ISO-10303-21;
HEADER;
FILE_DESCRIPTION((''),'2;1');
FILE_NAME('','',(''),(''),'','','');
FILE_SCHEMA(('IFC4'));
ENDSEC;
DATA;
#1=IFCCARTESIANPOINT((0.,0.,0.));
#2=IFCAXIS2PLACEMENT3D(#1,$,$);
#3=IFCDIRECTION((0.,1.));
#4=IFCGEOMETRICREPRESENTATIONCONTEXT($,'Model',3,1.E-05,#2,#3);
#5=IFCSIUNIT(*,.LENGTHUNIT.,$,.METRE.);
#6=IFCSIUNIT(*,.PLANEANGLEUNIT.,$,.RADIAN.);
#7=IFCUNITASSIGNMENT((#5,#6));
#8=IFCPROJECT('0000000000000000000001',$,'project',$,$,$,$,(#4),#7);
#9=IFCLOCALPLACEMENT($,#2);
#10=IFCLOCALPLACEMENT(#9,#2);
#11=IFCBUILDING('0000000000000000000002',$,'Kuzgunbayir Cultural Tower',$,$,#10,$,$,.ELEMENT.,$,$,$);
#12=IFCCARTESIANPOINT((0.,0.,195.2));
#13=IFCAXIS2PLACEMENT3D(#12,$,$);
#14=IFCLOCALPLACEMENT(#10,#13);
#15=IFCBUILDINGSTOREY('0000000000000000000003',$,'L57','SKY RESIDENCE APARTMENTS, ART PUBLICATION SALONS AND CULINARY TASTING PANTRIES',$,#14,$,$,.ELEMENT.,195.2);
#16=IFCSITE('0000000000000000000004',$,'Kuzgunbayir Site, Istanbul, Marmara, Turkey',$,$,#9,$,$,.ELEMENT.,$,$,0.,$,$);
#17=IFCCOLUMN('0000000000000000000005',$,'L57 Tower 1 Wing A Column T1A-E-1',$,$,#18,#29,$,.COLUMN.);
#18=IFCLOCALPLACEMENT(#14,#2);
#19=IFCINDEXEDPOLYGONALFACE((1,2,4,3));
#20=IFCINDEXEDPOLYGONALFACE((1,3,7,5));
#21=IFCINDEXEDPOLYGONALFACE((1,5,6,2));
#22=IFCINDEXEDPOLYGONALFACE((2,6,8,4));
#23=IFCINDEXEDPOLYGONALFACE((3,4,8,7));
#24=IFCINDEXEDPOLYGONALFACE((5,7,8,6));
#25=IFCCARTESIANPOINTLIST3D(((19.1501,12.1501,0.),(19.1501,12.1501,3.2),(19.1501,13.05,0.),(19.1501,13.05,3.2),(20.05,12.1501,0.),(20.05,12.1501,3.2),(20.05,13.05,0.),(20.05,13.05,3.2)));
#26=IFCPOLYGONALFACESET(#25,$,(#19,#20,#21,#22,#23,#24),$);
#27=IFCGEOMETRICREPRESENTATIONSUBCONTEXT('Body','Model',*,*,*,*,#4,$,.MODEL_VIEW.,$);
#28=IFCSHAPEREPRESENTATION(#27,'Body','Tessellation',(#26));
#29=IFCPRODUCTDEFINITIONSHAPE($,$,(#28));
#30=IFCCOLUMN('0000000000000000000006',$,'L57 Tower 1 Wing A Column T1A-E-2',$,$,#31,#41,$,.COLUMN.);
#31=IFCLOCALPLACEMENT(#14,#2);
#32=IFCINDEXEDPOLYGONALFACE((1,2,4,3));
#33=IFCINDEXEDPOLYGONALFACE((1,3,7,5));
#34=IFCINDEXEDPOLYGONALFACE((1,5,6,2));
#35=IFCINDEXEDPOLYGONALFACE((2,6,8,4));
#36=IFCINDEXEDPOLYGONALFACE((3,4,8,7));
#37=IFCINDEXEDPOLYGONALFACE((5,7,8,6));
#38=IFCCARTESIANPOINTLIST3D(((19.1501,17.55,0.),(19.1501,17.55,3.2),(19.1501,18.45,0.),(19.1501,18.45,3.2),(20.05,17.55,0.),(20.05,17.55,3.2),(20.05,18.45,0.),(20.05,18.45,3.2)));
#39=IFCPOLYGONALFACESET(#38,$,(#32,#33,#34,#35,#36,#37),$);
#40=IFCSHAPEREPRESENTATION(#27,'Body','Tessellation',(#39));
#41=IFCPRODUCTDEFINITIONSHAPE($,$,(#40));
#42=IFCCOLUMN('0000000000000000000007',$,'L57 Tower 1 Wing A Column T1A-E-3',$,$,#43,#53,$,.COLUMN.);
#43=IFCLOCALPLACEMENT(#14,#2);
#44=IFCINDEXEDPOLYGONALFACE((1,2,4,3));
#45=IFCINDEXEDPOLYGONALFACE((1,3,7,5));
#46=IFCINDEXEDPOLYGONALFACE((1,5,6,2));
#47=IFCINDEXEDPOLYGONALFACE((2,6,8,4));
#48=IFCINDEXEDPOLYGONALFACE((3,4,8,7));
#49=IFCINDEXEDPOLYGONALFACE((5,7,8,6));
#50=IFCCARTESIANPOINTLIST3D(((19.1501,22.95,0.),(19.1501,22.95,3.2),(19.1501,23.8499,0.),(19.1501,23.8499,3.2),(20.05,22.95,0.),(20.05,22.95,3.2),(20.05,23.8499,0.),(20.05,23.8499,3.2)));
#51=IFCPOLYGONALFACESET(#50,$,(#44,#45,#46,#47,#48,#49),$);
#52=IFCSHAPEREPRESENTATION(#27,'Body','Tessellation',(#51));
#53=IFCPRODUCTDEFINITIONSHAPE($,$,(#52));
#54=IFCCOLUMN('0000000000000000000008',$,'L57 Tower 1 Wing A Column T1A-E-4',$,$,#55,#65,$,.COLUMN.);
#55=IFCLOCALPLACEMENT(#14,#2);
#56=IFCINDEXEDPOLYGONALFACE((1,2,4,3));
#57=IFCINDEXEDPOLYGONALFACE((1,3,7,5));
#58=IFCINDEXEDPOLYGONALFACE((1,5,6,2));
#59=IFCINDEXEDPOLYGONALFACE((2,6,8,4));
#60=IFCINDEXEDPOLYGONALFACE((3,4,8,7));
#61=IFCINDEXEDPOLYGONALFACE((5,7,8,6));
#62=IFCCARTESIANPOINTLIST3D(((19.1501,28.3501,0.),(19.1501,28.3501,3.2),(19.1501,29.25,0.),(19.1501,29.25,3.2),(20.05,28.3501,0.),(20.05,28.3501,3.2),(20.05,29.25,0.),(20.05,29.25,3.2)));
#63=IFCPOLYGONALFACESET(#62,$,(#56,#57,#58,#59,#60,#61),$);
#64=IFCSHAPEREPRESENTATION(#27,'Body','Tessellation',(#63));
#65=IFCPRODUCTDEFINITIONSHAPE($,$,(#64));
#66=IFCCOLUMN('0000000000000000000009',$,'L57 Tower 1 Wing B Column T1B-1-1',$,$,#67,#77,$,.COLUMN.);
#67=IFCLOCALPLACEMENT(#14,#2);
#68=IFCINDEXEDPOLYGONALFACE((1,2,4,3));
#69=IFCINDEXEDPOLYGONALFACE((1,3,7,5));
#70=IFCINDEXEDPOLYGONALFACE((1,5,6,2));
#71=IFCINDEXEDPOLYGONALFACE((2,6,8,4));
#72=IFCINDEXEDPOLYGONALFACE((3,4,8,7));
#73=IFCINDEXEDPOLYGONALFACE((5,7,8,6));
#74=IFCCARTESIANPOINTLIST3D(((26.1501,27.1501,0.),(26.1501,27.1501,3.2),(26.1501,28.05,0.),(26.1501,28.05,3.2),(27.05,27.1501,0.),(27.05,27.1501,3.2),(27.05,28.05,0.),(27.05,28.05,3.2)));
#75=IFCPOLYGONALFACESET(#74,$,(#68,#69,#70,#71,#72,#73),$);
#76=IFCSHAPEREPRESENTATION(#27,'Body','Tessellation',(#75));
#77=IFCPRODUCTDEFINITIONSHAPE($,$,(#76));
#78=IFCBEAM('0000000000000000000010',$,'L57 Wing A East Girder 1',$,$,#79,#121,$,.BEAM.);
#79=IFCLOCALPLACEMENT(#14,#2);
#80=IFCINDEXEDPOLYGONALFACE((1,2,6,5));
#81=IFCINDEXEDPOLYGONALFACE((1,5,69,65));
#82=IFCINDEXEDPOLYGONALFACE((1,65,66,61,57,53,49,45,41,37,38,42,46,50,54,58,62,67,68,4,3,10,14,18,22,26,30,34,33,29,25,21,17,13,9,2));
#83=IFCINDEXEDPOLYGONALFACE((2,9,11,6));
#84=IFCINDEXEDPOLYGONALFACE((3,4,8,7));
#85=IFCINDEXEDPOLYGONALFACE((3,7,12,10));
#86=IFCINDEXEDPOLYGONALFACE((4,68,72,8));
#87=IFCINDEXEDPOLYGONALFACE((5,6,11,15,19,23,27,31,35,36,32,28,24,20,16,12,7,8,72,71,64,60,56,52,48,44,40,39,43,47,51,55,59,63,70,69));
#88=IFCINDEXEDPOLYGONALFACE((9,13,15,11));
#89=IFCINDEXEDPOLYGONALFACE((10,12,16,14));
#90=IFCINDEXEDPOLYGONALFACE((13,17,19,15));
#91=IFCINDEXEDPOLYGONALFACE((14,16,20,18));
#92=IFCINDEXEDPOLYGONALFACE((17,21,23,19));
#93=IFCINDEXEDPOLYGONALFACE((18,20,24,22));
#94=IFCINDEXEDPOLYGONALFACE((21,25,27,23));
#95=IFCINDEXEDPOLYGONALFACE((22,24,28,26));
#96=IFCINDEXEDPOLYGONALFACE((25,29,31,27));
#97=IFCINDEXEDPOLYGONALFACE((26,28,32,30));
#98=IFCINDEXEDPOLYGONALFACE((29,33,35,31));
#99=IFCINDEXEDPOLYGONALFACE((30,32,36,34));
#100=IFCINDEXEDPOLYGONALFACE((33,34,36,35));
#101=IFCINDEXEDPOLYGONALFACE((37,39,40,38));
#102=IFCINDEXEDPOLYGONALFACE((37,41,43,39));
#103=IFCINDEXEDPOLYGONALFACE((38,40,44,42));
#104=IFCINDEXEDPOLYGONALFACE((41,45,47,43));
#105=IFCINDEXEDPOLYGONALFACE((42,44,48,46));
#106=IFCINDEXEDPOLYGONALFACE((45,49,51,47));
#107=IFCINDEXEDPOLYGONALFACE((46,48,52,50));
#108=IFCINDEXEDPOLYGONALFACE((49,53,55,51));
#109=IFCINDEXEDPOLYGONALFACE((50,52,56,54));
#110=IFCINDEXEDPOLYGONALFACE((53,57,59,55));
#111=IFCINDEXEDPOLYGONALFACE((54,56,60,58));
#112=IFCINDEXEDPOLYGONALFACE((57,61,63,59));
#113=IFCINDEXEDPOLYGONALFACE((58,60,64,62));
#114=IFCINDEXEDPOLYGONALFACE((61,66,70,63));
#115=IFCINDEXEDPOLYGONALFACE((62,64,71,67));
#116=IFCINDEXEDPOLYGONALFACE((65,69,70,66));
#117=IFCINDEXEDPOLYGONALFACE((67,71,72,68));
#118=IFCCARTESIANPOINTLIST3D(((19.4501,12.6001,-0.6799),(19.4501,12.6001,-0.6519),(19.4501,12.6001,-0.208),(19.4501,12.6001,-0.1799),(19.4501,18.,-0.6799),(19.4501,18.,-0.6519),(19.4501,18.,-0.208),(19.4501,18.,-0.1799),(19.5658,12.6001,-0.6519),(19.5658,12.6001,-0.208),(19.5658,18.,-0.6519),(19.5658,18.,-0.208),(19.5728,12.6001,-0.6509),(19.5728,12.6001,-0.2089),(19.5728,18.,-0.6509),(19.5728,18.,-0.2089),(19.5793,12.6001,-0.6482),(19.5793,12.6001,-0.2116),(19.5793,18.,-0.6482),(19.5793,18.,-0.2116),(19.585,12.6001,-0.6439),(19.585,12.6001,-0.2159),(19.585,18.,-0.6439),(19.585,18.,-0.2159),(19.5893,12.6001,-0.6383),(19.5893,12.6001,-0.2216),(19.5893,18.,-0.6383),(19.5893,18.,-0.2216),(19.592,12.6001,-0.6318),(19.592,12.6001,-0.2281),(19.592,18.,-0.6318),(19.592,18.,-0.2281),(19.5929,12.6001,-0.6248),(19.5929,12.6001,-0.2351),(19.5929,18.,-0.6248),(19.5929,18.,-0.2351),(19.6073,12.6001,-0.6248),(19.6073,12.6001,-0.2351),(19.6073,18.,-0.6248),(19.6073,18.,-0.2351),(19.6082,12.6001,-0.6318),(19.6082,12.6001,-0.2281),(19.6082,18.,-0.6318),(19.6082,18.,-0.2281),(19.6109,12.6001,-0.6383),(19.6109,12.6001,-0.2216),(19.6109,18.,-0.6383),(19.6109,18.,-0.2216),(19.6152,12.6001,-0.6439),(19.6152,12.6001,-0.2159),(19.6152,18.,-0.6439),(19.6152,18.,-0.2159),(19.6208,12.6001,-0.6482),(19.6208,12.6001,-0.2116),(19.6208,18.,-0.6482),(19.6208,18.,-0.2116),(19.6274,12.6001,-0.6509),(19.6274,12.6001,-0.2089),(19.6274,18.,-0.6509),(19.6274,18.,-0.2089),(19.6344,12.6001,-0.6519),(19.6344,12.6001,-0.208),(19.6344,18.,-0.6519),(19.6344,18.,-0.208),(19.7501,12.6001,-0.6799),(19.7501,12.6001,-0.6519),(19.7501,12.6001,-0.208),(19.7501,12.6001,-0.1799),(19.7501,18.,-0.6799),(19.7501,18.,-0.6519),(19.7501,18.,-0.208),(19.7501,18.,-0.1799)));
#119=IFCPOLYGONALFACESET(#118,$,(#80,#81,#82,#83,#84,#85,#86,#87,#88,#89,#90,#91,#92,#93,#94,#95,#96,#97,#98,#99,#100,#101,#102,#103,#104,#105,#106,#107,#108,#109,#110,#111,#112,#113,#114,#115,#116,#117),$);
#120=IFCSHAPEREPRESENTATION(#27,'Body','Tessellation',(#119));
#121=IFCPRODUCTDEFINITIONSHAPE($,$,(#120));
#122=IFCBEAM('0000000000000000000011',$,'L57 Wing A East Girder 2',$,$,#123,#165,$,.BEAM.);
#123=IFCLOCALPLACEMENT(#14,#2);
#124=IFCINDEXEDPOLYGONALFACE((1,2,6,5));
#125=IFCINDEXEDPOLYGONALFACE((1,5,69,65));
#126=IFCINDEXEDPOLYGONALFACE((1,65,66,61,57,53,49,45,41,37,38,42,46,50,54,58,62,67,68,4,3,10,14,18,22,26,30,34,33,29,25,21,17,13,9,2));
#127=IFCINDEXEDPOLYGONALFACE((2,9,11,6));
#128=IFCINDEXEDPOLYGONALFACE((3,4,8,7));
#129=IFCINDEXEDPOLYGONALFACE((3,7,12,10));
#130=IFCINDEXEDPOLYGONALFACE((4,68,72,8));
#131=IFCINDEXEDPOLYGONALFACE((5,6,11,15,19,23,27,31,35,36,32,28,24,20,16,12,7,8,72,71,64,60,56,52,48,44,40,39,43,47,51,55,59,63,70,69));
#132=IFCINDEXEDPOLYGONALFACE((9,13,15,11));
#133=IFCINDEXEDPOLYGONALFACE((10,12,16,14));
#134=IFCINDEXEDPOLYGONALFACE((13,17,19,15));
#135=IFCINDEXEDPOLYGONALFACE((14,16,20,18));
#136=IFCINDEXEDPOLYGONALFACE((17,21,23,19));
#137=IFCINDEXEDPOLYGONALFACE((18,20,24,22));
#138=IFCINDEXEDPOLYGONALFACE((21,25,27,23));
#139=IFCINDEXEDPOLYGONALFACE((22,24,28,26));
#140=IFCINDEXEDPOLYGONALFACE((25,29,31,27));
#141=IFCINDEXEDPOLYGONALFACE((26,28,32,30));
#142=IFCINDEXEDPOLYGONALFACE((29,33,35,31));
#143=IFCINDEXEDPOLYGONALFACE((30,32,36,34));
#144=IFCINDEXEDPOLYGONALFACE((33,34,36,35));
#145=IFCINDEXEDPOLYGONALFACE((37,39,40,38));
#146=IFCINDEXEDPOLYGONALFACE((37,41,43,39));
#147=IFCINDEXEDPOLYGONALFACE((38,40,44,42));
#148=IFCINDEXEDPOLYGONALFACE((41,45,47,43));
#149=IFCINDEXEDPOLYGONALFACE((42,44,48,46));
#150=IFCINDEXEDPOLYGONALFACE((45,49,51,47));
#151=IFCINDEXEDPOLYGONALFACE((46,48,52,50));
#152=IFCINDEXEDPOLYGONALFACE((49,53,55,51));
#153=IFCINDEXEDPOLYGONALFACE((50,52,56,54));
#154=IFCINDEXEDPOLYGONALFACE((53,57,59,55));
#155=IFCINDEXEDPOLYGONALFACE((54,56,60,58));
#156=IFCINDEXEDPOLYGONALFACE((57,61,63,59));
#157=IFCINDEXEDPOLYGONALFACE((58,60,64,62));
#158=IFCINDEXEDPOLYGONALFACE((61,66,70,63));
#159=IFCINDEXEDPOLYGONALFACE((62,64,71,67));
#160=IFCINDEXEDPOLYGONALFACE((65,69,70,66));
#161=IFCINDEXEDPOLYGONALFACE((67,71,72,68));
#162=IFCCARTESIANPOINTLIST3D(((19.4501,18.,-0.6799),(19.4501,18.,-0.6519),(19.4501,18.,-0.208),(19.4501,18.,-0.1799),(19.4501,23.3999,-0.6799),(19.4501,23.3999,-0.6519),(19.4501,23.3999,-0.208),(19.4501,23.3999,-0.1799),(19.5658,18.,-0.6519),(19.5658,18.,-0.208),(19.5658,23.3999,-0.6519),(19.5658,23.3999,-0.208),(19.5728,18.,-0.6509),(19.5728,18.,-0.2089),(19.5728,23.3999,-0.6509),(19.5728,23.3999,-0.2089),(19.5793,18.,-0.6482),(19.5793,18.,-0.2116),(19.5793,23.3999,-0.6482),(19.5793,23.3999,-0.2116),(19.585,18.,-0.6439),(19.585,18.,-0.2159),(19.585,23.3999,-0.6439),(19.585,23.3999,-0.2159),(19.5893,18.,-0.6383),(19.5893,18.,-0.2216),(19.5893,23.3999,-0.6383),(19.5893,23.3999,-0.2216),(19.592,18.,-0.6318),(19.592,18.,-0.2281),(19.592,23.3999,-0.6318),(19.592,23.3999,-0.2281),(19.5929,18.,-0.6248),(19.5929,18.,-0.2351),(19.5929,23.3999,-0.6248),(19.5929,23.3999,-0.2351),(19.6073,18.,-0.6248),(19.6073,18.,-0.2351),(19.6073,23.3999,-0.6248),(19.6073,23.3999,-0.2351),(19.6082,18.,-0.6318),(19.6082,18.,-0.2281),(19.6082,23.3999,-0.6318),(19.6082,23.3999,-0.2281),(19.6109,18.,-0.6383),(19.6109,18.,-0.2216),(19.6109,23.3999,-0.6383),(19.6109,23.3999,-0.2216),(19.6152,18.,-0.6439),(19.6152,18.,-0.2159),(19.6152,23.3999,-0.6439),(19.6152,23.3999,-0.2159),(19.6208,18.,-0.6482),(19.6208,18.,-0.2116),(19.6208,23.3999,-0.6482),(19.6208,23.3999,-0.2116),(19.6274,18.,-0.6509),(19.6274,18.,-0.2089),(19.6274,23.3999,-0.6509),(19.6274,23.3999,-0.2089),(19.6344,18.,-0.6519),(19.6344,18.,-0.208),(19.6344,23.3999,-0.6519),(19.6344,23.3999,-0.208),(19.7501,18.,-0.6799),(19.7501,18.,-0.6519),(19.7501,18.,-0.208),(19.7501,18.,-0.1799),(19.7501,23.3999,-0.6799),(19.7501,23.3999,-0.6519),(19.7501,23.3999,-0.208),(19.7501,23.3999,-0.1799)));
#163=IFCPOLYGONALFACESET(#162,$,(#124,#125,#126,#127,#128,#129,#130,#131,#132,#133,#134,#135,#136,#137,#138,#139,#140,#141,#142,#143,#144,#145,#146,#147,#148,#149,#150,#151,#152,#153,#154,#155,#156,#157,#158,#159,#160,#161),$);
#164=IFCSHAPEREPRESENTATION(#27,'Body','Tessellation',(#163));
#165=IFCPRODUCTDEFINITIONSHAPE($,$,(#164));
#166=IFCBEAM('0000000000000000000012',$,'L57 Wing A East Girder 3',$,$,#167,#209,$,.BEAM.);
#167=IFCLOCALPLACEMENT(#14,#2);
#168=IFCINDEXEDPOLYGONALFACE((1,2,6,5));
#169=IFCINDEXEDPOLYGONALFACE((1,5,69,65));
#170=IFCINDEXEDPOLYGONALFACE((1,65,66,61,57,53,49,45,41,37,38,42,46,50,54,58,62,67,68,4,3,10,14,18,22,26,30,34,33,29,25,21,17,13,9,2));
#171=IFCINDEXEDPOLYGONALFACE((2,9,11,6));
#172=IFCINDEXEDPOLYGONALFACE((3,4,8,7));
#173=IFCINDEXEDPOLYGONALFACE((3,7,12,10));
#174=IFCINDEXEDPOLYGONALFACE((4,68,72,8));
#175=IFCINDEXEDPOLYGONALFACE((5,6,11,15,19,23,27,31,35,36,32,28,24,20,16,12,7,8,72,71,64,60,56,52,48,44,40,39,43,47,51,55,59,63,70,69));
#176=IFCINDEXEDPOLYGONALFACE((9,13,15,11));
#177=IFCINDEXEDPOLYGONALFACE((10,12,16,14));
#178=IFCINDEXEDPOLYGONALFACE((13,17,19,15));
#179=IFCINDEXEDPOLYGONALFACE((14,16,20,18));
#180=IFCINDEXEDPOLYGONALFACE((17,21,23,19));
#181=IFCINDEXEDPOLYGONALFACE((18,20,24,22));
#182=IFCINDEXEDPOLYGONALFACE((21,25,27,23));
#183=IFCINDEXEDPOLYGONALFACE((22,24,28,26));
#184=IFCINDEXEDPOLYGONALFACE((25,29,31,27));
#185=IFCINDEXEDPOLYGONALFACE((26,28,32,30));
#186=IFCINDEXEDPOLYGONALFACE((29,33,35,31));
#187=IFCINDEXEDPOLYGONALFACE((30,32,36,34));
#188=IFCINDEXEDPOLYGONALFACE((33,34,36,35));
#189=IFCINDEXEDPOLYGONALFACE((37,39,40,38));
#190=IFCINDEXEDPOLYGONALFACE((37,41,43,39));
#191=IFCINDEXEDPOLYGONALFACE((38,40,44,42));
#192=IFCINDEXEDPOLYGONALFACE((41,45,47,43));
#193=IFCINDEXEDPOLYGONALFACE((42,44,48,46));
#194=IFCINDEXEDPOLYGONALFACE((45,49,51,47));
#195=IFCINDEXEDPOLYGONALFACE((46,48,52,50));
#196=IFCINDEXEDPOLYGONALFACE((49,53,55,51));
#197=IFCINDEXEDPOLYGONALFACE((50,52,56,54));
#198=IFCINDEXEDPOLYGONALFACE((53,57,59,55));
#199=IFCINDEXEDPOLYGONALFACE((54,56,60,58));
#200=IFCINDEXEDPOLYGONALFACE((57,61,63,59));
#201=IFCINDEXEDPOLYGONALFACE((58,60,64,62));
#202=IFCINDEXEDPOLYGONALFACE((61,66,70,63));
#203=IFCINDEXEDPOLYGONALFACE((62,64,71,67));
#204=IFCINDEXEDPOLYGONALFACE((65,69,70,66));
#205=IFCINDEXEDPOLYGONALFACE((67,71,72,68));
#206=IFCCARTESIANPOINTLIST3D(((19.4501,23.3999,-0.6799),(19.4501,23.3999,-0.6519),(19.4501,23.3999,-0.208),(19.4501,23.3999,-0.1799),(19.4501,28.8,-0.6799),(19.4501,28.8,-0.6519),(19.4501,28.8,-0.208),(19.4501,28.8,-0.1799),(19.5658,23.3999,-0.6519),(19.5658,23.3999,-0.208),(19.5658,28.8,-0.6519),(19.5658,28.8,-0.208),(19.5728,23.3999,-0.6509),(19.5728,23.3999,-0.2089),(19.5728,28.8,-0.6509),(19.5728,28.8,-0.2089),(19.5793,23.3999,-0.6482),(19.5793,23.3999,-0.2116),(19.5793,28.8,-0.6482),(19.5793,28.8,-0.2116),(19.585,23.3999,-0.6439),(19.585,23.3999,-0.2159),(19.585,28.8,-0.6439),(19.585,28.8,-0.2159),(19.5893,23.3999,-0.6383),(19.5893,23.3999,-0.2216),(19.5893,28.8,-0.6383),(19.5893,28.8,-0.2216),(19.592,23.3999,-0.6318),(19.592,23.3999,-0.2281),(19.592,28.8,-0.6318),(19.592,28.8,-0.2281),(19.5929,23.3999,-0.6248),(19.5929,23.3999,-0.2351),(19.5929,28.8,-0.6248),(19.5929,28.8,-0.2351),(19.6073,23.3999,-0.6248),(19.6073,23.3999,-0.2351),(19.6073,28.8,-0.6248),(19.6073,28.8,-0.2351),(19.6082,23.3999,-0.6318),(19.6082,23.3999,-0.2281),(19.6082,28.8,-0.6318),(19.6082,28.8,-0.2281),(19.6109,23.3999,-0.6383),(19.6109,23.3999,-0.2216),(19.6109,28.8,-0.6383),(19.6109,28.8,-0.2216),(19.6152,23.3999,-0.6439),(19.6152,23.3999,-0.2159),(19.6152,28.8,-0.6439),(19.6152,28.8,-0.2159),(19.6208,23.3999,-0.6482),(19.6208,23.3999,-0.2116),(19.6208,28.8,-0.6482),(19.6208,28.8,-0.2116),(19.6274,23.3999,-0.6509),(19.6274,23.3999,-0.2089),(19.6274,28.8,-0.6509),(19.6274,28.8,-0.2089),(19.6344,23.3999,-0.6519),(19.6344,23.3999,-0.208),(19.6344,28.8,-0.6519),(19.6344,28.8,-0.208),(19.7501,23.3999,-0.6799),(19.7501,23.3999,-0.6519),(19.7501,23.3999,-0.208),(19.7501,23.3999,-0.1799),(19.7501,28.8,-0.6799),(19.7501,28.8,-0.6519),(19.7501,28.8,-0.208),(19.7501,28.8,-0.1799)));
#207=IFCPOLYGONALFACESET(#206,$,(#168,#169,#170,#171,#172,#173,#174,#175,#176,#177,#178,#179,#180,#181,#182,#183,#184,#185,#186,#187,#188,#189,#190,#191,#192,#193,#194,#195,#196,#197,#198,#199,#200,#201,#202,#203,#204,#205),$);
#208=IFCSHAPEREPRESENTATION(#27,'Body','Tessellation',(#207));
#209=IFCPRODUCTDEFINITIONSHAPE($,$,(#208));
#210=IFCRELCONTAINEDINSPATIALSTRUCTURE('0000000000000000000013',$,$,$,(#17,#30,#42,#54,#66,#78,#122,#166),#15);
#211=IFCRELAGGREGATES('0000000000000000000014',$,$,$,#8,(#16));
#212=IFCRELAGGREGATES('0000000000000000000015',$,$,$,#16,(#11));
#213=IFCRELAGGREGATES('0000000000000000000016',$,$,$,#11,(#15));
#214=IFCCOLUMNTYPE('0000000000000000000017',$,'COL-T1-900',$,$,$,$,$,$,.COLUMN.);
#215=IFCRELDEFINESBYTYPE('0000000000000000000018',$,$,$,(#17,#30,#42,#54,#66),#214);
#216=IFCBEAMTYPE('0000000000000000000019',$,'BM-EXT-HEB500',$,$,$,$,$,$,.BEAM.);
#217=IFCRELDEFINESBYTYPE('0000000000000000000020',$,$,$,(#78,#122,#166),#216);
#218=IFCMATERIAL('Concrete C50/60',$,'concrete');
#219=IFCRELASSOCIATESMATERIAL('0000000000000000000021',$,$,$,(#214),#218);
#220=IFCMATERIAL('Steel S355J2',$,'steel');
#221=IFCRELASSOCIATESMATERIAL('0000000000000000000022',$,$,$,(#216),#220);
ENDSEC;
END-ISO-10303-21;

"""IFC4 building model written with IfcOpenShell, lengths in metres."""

from ifc_helpers import new_model, si_unit, direction, frame, origin, origin_2d, place, context, subcontext, project, spatial, rectangle, i_section, extrude, material, material_profile, profile_set, type_object, element, save


model = new_model("IFC4")

# Units and contexts
model_context = context("Model", 3, precision=1e-05, world=origin(), true_north=direction((0.0, 1.0)))
body_context = subcontext(model_context, "Body", "Model", "MODEL_VIEW")
ifc_project = project(units=[si_unit("LENGTHUNIT", "METRE"), si_unit("PLANEANGLEUNIT", "RADIAN")], contexts=[model_context])

# Site, building, storey
site_placement = place(None, origin())
site = spatial("IfcSite", under=ifc_project, at=site_placement, Name="Kuzgunbayir Site, Istanbul, Marmara, Turkey", CompositionType="ELEMENT", RefElevation=0.0)
building_placement = place(site_placement, origin())
building = spatial("IfcBuilding", under=site, at=building_placement, Name="Kuzgunbayir Cultural Tower", CompositionType="ELEMENT")
storey_placement = place(building_placement, frame((0.0, 0.0, 195.2)))
storey = spatial("IfcBuildingStorey", under=building, at=storey_placement, Name="L57", Description="SKY RESIDENCE APARTMENTS, ART PUBLICATION SALONS AND CULINARY TASTING PANTRIES", CompositionType="ELEMENT", Elevation=195.2)

# Columns
ifc_material_1 = material(Name="Concrete C50/60", Category="concrete")
ifc_material_profile_1 = material_profile(ifc_material_1, rectangle(XDim=0.8999, YDim=0.8999, at=origin_2d()), Name="RC 900x900")
ifc_profile_set_1 = profile_set([ifc_material_profile_1], Name="Concrete C50/60")
column_type = type_object("IfcColumnType", Name="COL-T1-900", PredefinedType="COLUMN", material=ifc_profile_set_1)
for number, where, z_axis, x_axis, name in (
    (1, (19.6001, 12.6001, 0.0), (0.0, 0.0, 1.0), (1.0, 0.0, 0.0), "L57 Tower 1 Wing A Column T1A-E-1"),
    (2, (19.6001, 18.0, 0.0), (0.0, 0.0, 1.0), (1.0, 0.0, 0.0), "L57 Tower 1 Wing A Column T1A-E-2"),
    (3, (19.6001, 23.3999, 0.0), (0.0, 0.0, 1.0), (1.0, 0.0, 0.0), "L57 Tower 1 Wing A Column T1A-E-3"),
    (4, (19.6001, 28.8, 0.0), (0.0, 0.0, 1.0), (1.0, 0.0, 0.0), "L57 Tower 1 Wing A Column T1A-E-4"),
    (5, (26.6001, 27.6001, 0.0), (0.0, 0.0, 1.0), (1.0, 0.0, 0.0), "L57 Tower 1 Wing B Column T1B-1-1"),
):
    element("IfcColumn", number, at=place(storey_placement, frame(where, z_axis=z_axis, x_axis=x_axis)), inside=storey, type_object=column_type, Name=name, PredefinedType="COLUMN", context=body_context, shape_type="SweptSolid", body=[
        extrude(rectangle(XDim=0.8999, YDim=0.8999, at=origin_2d()), origin(), (0.0, 0.0, 1.0), 3.2),
    ])

# Beams
ifc_material_2 = material(Name="Steel S355J2", Category="steel")
ifc_material_profile_2 = material_profile(ifc_material_2, i_section(OverallWidth=0.3, OverallDepth=0.5, WebThickness=0.0144, FlangeThickness=0.0281, FilletRadius=0.0271, at=origin_2d()), Name="HEB 500")
ifc_profile_set_2 = profile_set([ifc_material_profile_2], Name="Steel S355J2")
beam_type_1 = type_object("IfcBeamType", Name="BM-EXT-HEB500", PredefinedType="BEAM", material=ifc_profile_set_2)
for number, where, z_axis, x_axis, name in (
    (6, (19.6001, 12.6001, -0.4299), (0.0, 1.0, 0.0), (-1.0, 0.0, 0.0), "L57 Wing A East Girder 1"),
    (7, (19.6001, 18.0, -0.4299), (0.0, 1.0, 0.0), (-1.0, 0.0, 0.0), "L57 Wing A East Girder 2"),
):
    element("IfcBeam", number, at=place(storey_placement, frame(where, z_axis=z_axis, x_axis=x_axis)), inside=storey, type_object=beam_type_1, Name=name, PredefinedType="BEAM", context=body_context, shape_type="SweptSolid", body=[
        extrude(i_section(OverallWidth=0.3, OverallDepth=0.5, WebThickness=0.0144, FlangeThickness=0.0281, FilletRadius=0.0271, at=origin_2d()), origin(), (0.0, 0.0, 1.0), 5.3999),
    ])
beam_1_placement = place(storey_placement, frame((19.6001, 23.3999, -0.4299), z_axis=(0.0, 1.0, 0.0), x_axis=(-1.0, 0.0, 0.0)))
element("IfcBeam", 8, at=beam_1_placement, inside=storey, type_object=beam_type_1, Name="L57 Wing A East Girder 3", PredefinedType="BEAM", context=body_context, shape_type="SweptSolid", body=[
    extrude(i_section(OverallWidth=0.3, OverallDepth=0.5, WebThickness=0.0144, FlangeThickness=0.0281, FilletRadius=0.0271, at=origin_2d()), origin(), (0.0, 0.0, 1.0), 5.4001),
])

save(model, "model.ifc")
